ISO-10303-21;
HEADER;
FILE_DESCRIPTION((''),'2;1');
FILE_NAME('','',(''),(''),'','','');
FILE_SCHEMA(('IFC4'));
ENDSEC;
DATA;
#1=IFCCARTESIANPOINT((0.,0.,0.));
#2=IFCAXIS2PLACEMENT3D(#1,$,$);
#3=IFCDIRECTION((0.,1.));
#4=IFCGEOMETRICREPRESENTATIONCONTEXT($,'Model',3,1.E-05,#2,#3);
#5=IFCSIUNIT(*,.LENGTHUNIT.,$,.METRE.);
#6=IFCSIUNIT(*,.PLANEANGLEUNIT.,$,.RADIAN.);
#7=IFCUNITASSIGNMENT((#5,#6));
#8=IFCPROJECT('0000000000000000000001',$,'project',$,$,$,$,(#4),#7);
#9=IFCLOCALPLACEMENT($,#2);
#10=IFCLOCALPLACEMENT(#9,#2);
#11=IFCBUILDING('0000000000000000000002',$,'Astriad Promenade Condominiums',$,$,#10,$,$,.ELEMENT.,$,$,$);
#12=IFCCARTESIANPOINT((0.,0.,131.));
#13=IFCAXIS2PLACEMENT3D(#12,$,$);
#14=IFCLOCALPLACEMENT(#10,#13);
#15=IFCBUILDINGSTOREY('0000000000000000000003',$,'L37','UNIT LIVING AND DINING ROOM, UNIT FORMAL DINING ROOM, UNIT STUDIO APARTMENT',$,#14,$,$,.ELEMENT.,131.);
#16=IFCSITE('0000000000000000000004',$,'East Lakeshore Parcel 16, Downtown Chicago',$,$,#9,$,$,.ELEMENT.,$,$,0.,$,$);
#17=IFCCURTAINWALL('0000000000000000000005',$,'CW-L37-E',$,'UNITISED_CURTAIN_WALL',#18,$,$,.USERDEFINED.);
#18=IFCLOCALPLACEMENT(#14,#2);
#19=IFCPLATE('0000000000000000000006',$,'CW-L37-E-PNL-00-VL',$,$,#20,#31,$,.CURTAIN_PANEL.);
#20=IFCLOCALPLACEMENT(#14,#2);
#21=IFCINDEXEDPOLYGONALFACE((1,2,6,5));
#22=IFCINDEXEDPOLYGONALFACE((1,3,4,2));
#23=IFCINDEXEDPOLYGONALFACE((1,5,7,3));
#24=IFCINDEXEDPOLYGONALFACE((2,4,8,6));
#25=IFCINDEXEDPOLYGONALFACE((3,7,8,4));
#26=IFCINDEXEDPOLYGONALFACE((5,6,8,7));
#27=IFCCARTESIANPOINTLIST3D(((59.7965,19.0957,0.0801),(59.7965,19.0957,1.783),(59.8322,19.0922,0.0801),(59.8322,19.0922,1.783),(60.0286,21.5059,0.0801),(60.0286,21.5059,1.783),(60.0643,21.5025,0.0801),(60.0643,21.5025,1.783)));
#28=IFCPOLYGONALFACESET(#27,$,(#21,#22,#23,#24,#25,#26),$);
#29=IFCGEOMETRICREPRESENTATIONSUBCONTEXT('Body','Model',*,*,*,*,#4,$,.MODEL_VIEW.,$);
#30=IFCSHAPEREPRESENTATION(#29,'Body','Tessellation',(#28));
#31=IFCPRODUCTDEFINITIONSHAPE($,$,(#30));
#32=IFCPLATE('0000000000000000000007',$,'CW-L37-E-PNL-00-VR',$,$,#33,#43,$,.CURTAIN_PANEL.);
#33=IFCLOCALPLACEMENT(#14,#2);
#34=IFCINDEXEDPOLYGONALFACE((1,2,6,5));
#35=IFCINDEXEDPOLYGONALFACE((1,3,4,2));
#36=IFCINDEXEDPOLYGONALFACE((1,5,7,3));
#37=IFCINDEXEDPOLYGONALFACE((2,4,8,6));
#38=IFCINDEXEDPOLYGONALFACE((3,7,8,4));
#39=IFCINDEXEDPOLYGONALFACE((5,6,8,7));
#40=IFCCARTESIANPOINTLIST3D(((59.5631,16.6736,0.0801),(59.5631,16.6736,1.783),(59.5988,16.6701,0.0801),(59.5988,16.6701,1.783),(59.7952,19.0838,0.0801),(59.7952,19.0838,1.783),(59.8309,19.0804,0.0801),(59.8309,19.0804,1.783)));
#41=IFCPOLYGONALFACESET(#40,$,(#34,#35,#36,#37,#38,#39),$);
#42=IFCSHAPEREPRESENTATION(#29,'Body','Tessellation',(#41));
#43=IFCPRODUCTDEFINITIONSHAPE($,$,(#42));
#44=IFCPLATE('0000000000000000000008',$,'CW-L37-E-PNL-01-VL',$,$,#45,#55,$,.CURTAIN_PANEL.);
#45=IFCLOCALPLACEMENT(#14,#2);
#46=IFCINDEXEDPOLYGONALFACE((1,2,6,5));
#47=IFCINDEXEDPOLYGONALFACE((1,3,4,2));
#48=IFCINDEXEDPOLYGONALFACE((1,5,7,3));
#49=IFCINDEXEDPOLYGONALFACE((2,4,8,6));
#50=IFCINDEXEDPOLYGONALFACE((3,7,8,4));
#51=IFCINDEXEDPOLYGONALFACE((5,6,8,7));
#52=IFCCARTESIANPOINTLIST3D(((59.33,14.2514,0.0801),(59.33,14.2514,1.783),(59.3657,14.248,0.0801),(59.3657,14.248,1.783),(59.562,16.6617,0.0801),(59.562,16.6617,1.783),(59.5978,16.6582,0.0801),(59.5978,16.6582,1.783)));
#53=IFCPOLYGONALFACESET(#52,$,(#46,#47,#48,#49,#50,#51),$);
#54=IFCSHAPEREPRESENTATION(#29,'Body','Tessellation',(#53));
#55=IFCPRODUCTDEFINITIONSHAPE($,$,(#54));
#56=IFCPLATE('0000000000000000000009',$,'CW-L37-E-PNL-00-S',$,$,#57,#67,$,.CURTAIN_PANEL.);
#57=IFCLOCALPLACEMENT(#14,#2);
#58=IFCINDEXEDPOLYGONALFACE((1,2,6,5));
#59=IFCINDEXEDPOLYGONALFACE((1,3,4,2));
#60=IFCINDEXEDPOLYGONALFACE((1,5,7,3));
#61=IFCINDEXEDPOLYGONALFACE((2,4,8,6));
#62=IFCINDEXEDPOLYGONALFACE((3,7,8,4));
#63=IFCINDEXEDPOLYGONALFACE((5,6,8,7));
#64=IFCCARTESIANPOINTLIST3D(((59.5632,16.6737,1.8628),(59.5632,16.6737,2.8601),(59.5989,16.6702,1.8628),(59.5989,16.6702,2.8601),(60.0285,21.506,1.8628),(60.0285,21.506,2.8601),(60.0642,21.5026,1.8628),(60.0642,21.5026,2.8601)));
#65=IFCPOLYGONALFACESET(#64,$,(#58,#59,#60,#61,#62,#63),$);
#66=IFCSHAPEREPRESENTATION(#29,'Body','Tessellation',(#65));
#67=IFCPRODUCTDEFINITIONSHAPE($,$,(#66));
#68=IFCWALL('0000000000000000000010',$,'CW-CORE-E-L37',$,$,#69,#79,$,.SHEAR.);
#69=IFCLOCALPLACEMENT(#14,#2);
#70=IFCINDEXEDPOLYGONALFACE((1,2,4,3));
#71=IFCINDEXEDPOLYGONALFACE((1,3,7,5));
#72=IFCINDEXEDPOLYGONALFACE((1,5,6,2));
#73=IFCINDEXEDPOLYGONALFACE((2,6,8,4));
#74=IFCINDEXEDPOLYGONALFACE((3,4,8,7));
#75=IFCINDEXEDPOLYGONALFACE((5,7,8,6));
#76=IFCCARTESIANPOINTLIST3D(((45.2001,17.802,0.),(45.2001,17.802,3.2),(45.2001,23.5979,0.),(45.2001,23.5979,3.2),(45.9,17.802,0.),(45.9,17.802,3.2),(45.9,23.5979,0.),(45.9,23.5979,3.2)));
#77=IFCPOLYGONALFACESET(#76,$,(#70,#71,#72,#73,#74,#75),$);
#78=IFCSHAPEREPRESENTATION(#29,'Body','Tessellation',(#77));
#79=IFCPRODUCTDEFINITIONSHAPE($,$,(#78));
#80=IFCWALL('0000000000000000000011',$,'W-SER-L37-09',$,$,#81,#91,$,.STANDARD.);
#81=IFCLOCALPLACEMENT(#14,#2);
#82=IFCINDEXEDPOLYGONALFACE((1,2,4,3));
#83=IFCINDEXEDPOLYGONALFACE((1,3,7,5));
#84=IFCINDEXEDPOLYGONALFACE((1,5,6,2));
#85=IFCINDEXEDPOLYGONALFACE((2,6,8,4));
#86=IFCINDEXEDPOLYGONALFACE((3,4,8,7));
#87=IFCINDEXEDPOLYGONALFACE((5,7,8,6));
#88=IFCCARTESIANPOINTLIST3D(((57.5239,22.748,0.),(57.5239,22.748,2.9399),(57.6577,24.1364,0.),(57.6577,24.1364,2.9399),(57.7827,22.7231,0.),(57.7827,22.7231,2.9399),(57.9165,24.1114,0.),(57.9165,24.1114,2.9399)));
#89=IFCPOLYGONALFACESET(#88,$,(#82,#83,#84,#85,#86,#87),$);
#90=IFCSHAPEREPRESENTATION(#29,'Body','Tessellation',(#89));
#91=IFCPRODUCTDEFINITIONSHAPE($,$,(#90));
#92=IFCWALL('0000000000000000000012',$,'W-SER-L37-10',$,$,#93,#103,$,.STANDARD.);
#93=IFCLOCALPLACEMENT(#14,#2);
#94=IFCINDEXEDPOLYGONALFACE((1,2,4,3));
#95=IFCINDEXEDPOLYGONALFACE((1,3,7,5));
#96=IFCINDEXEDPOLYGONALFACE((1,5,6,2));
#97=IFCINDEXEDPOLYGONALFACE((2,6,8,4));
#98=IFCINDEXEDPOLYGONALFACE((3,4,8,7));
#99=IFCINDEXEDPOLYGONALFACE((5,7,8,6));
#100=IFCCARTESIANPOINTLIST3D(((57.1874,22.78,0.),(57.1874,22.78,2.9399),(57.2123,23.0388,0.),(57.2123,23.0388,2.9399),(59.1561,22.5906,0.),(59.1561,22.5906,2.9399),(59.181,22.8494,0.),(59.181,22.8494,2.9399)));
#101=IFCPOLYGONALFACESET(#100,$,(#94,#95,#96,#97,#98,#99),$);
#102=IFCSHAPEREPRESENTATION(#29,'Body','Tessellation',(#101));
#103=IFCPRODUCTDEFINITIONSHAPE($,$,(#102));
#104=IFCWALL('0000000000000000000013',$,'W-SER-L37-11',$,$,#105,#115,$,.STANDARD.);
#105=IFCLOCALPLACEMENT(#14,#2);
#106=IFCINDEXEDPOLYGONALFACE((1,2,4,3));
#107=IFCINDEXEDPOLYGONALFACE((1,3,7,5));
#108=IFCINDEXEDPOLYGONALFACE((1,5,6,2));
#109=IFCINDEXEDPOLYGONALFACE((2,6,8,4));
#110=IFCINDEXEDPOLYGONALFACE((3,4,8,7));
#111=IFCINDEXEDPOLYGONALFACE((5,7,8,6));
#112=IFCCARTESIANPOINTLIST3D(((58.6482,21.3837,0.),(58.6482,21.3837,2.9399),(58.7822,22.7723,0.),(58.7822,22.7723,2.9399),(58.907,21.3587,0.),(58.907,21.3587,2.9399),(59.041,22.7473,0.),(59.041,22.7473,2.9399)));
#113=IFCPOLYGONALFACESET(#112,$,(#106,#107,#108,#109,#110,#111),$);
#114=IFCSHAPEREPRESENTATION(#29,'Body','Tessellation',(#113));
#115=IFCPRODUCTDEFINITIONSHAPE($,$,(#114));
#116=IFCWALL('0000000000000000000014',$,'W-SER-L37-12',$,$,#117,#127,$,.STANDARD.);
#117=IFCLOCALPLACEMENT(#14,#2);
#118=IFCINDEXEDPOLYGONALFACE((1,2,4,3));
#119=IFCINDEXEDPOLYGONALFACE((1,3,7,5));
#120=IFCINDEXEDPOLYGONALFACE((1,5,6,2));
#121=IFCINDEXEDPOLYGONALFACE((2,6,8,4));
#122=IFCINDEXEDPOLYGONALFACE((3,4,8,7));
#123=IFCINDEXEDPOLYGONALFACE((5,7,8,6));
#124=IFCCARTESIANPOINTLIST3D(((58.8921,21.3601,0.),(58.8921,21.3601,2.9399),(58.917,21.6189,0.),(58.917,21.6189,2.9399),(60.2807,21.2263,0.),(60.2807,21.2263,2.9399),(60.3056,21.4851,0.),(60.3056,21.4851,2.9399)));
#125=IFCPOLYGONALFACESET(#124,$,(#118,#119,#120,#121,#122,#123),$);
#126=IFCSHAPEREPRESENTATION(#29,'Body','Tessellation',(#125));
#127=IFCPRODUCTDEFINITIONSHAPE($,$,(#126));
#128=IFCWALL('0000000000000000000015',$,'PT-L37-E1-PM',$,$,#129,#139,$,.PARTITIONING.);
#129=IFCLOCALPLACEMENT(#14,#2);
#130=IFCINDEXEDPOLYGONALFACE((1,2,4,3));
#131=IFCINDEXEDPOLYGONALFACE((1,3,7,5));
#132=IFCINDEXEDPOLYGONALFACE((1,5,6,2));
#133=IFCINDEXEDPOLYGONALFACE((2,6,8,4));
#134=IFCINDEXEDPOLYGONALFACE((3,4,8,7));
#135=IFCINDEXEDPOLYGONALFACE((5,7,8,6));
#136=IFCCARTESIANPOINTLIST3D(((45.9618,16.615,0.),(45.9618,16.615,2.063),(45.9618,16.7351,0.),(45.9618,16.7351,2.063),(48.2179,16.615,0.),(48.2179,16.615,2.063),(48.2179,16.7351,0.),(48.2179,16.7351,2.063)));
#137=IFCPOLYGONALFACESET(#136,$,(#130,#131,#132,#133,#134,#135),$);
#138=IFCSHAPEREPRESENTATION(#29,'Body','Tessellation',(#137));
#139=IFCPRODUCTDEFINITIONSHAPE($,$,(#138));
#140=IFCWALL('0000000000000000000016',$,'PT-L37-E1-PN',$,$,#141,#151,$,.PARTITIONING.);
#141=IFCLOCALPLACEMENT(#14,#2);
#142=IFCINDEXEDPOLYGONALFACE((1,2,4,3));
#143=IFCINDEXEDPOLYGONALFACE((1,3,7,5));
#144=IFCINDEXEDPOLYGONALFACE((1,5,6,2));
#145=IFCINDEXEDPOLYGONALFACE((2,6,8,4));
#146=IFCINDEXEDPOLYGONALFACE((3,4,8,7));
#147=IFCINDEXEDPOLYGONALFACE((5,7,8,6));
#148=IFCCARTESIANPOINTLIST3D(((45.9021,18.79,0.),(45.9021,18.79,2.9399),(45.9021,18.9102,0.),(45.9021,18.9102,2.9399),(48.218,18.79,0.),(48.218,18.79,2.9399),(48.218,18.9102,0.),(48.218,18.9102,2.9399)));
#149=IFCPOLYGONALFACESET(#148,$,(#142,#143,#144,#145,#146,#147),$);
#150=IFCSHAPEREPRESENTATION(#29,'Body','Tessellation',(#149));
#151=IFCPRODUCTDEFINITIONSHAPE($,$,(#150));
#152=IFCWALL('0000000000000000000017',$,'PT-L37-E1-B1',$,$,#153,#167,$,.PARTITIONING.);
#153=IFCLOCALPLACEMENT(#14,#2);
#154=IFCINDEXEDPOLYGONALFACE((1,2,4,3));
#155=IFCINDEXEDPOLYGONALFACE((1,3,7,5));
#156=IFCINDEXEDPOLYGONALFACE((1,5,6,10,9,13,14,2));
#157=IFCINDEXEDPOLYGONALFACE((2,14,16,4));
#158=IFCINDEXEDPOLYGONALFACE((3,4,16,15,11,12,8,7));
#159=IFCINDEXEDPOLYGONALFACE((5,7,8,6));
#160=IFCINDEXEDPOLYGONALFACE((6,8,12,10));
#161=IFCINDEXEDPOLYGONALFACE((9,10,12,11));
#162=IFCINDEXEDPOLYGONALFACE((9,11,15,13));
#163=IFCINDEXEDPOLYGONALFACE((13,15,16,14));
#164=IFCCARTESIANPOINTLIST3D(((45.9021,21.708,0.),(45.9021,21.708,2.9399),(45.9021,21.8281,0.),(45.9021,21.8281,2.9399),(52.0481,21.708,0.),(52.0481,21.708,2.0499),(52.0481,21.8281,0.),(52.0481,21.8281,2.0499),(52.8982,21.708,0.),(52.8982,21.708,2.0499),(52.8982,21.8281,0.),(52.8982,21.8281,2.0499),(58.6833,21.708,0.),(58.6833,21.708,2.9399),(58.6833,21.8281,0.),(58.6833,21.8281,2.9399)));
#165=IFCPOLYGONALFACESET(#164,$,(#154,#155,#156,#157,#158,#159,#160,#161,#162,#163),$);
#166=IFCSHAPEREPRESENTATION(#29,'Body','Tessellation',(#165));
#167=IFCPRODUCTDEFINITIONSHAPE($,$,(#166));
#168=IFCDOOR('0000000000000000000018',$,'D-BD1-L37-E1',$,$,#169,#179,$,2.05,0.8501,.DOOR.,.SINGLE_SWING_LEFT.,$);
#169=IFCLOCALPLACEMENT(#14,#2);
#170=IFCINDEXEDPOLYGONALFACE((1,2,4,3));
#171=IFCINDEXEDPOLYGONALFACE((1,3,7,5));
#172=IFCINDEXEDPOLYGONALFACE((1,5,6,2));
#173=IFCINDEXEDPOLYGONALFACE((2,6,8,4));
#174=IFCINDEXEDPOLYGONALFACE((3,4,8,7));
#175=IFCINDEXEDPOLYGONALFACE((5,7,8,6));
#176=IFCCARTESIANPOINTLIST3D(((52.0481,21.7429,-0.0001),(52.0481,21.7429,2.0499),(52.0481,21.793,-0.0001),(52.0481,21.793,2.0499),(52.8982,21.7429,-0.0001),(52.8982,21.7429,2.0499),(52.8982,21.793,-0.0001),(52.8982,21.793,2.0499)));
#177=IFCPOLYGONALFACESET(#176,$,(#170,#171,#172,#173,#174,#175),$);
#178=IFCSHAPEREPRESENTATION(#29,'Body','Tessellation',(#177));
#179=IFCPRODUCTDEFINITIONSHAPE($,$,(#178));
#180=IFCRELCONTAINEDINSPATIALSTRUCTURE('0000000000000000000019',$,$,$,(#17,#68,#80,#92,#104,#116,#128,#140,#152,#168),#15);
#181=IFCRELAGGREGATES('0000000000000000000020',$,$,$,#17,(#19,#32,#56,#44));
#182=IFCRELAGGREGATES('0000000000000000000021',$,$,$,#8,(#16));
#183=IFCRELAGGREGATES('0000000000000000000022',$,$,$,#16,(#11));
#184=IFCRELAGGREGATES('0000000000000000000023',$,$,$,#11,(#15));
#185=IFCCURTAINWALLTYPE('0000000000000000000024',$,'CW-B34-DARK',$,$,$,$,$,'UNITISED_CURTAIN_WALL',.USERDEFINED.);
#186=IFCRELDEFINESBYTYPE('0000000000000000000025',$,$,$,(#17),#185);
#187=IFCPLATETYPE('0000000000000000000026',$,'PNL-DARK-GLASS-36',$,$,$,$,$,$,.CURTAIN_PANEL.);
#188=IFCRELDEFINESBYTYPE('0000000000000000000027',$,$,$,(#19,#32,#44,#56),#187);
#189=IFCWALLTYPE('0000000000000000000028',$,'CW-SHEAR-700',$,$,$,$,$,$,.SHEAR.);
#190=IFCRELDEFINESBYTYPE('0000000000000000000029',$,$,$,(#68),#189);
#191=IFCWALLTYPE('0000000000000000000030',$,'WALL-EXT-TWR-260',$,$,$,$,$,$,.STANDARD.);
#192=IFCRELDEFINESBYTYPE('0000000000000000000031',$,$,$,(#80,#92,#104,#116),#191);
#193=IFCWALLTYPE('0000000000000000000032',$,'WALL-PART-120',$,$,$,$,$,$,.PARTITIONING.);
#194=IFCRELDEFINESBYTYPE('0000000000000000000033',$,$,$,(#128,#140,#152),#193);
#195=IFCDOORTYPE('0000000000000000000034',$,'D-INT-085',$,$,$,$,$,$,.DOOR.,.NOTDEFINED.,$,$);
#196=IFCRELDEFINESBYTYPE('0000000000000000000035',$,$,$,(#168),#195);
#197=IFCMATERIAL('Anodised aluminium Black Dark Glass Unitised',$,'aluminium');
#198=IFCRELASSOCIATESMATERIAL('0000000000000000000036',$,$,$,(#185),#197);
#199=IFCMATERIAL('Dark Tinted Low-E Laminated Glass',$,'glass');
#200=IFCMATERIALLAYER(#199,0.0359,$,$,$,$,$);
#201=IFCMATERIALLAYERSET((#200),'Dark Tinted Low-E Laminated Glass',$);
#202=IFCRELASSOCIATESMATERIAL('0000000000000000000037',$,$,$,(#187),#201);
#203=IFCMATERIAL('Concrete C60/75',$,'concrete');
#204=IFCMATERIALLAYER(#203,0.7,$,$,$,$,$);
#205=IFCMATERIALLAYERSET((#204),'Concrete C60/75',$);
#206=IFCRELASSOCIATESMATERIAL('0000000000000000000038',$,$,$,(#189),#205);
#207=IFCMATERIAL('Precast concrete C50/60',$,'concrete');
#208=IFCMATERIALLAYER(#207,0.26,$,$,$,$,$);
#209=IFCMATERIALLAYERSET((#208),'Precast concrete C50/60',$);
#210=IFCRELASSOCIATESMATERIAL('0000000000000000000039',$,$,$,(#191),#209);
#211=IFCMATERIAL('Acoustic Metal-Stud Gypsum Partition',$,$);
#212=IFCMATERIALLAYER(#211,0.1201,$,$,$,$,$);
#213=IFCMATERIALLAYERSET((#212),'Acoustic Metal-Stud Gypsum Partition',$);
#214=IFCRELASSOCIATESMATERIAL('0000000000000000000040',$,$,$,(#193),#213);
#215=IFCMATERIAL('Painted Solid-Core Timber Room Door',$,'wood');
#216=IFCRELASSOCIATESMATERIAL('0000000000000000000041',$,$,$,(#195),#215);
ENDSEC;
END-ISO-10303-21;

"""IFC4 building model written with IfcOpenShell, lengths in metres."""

from ifc_helpers import new_model, si_unit, direction, frame, frame_2d, origin, origin_2d, place, context, subcontext, project, spatial, rectangle, extrude, source, transform, mapped, material, layer, layer_set, type_object, type_shapes, element, fill, aggregate, save


model = new_model("IFC4")

# Units and contexts
model_context = context("Model", 3, precision=1e-05, world=origin(), true_north=direction((0.0, 1.0)))
body_context = subcontext(model_context, "Body", "Model", "MODEL_VIEW")
ifc_project = project(units=[si_unit("LENGTHUNIT", "METRE"), si_unit("PLANEANGLEUNIT", "RADIAN")], contexts=[model_context])

# Site, building, storey
site_placement = place(None, origin())
site = spatial("IfcSite", under=ifc_project, at=site_placement, Name="East Lakeshore Parcel 16, Downtown Chicago", CompositionType="ELEMENT", RefElevation=0.0)
building_placement = place(site_placement, origin())
building = spatial("IfcBuilding", under=site, at=building_placement, Name="Astriad Promenade Condominiums", CompositionType="ELEMENT")
storey_placement = place(building_placement, frame((0.0, 0.0, 131.0)))
storey = spatial("IfcBuildingStorey", under=building, at=storey_placement, Name="L37", Description="UNIT LIVING AND DINING ROOM, UNIT FORMAL DINING ROOM, UNIT STUDIO APARTMENT", CompositionType="ELEMENT", Elevation=131.0)

# Shared definitions
ifc_material_1 = material(Name="Concrete C60/75", Category="concrete")

# Curtain wall, plates
ifc_material_2 = material(Name="Anodised aluminium Black Dark Glass Unitised", Category="aluminium")
curtain_wall_type = type_object("IfcCurtainWallType", Name="CW-B34-DARK", ElementType="UNITISED_CURTAIN_WALL", PredefinedType="USERDEFINED", material=ifc_material_2)
curtain_wall_placement = place(storey_placement, origin())
curtain_wall = element("IfcCurtainWall", 1, at=curtain_wall_placement, inside=storey, type_object=curtain_wall_type, Name="CW-L37-E", ObjectType="UNITISED_CURTAIN_WALL", PredefinedType="USERDEFINED")
ifc_material_3 = material(Name="Dark Tinted Low-E Laminated Glass", Category="glass")
ifc_layer_1 = layer(ifc_material_3, 0.0359)
ifc_layer_set_1 = layer_set([ifc_layer_1], Name="Dark Tinted Low-E Laminated Glass")
plate_type = type_object("IfcPlateType", Name="PNL-DARK-GLASS-36", PredefinedType="CURTAIN_PANEL", material=ifc_layer_set_1)
shared_shape_1 = source(origin(), body_context, "Body", "SweptSolid", [
    extrude(rectangle(XDim=2.4214, YDim=0.0359, at=origin_2d()), origin(), (0.0, 0.0, 1.0), 1.7029),
])
plate_1_placement = place(storey_placement, frame((59.9304, 20.2991, 0.0801), z_axis=(0.0, 0.0, 1.0), x_axis=(-0.095846, -0.995396, 0.0)))
plate_1 = element("IfcPlate", 2, at=plate_1_placement, type_object=plate_type, Name="CW-L37-E-PNL-00-VL", PredefinedType="CURTAIN_PANEL", context=body_context, shape_type="MappedRepresentation", body=[
    mapped(shared_shape_1, transform((0.0, 0.0, 0.0), scale=1.0)),
])
plate_2_placement = place(storey_placement, frame((59.697, 17.877, 0.0801), z_axis=(0.0, 0.0, 1.0), x_axis=(-0.095846, -0.995396, 0.0)))
plate_2 = element("IfcPlate", 3, at=plate_2_placement, type_object=plate_type, Name="CW-L37-E-PNL-00-VR", PredefinedType="CURTAIN_PANEL", context=body_context, shape_type="MappedRepresentation", body=[
    mapped(shared_shape_1, transform((0.0, 0.0, 0.0), scale=1.0)),
])
plate_3_placement = place(storey_placement, frame((59.4639, 15.4548, 0.0801), z_axis=(0.0, 0.0, 1.0), x_axis=(-0.095846, -0.995396, 0.0)))
plate_3 = element("IfcPlate", 4, at=plate_3_placement, type_object=plate_type, Name="CW-L37-E-PNL-01-VL", PredefinedType="CURTAIN_PANEL", context=body_context, shape_type="MappedRepresentation", body=[
    mapped(shared_shape_1, transform((0.0, 0.0, 0.0), scale=1.0)),
])
shared_shape_2 = source(origin(), body_context, "Body", "SweptSolid", [
    extrude(rectangle(XDim=4.8547, YDim=0.0359, at=origin_2d()), origin(), (0.0, 0.0, 1.0), 0.9973),
])
type_shapes(plate_type, [shared_shape_1, shared_shape_2])
plate_4_placement = place(storey_placement, frame((59.8137, 19.0881, 1.8628), z_axis=(0.0, 0.0, 1.0), x_axis=(-0.095846, -0.995396, 0.0)))
plate_4 = element("IfcPlate", 5, at=plate_4_placement, type_object=plate_type, Name="CW-L37-E-PNL-00-S", PredefinedType="CURTAIN_PANEL", context=body_context, shape_type="MappedRepresentation", body=[
    mapped(shared_shape_2, transform((0.0, 0.0, 0.0), scale=1.0)),
])
aggregate(curtain_wall, [plate_1, plate_2, plate_4, plate_3])

# Walls
ifc_layer_2 = layer(ifc_material_1, 0.7)
ifc_layer_set_2 = layer_set([ifc_layer_2], Name="Concrete C60/75")
wall_type_1 = type_object("IfcWallType", Name="CW-SHEAR-700", PredefinedType="SHEAR", material=ifc_layer_set_2)
wall_1_placement = place(storey_placement, frame((45.55, 17.802, 0.0), z_axis=(0.0, 0.0, 1.0), x_axis=(0.0, 1.0, 0.0)))
element("IfcWall", 6, at=wall_1_placement, inside=storey, type_object=wall_type_1, Name="CW-CORE-E-L37", PredefinedType="SHEAR", context=body_context, shape_type="SweptSolid", body=[
    extrude(rectangle(XDim=5.7959, YDim=0.7, at=frame_2d((2.8979, 0.0))), origin(), (0.0, 0.0, 1.0), 3.2),
])
ifc_material_4 = material(Name="Precast concrete C50/60", Category="concrete")
ifc_layer_3 = layer(ifc_material_4, 0.26)
ifc_layer_set_3 = layer_set([ifc_layer_3], Name="Precast concrete C50/60")
wall_type_2 = type_object("IfcWallType", Name="WALL-EXT-TWR-260", PredefinedType="STANDARD", material=ifc_layer_set_3)
wall_2_placement = place(storey_placement, frame((57.7871, 24.1238, 0.0), z_axis=(0.0, 0.0, 1.0), x_axis=(-0.095916, -0.995389, 0.0)))
element("IfcWall", 7, at=wall_2_placement, inside=storey, type_object=wall_type_2, Name="W-SER-L37-09", PredefinedType="STANDARD", context=body_context, shape_type="SweptSolid", body=[
    extrude(rectangle(XDim=1.3948, YDim=0.26, at=frame_2d((0.6973, 0.0))), origin(), (0.0, 0.0, 1.0), 2.9399),
])
wall_3_placement = place(storey_placement, frame((57.2, 22.9094, 0.0), z_axis=(0.0, 0.0, 1.0), x_axis=(0.995402, -0.095788, 0.0)))
element("IfcWall", 8, at=wall_3_placement, inside=storey, type_object=wall_type_2, Name="W-SER-L37-10", PredefinedType="STANDARD", context=body_context, shape_type="SweptSolid", body=[
    extrude(rectangle(XDim=1.9778, YDim=0.26, at=frame_2d((0.9888, 0.0))), origin(), (0.0, 0.0, 1.0), 2.9399),
])
for number, where, z_axis, x_axis, name in (
    (9, (58.9116, 22.7598, 0.0), (0.0, 0.0, 1.0), (-0.096073, -0.995374, 0.0), "W-SER-L37-11"),
    (10, (58.9045, 21.4895, 0.0), (0.0, 0.0, 1.0), (0.995391, -0.095899, 0.0), "W-SER-L37-12"),
):
    element("IfcWall", number, at=place(storey_placement, frame(where, z_axis=z_axis, x_axis=x_axis)), inside=storey, type_object=wall_type_2, Name=name, PredefinedType="STANDARD", context=body_context, shape_type="SweptSolid", body=[
        extrude(rectangle(XDim=1.395, YDim=0.26, at=frame_2d((0.6975, 0.0))), origin(), (0.0, 0.0, 1.0), 2.9399),
    ])
ifc_material_5 = material(Name="Acoustic Metal-Stud Gypsum Partition")
ifc_layer_4 = layer(ifc_material_5, 0.1201)
ifc_layer_set_4 = layer_set([ifc_layer_4], Name="Acoustic Metal-Stud Gypsum Partition")
wall_type_3 = type_object("IfcWallType", Name="WALL-PART-120", PredefinedType="PARTITIONING", material=ifc_layer_set_4)
wall_4_placement = place(storey_placement, frame((45.9619, 16.675, 0.0), z_axis=(0.0, 0.0, 1.0), x_axis=(1.0, 0.0, 0.0)))
element("IfcWall", 11, at=wall_4_placement, inside=storey, type_object=wall_type_3, Name="PT-L37-E1-PM", PredefinedType="PARTITIONING", context=body_context, shape_type="SweptSolid", body=[
    extrude(rectangle(XDim=2.2561, YDim=0.1201, at=frame_2d((1.1279, 0.0))), origin(), (0.0, 0.0, 1.0), 2.063),
])
wall_5_placement = place(storey_placement, frame((45.9021, 18.8501, 0.0), z_axis=(0.0, 0.0, 1.0), x_axis=(1.0, 0.0, 0.0)))
element("IfcWall", 12, at=wall_5_placement, inside=storey, type_object=wall_type_3, Name="PT-L37-E1-PN", PredefinedType="PARTITIONING", context=body_context, shape_type="SweptSolid", body=[
    extrude(rectangle(XDim=2.3159, YDim=0.1201, at=frame_2d((1.158, 0.0))), origin(), (0.0, 0.0, 1.0), 2.9399),
])

# Wall, opening, door
wall_6_placement = place(storey_placement, frame((45.9021, 21.7681, 0.0), z_axis=(0.0, 0.0, 1.0), x_axis=(1.0, 0.0, 0.0)))
wall_6 = element("IfcWall", 13, at=wall_6_placement, inside=storey, type_object=wall_type_3, Name="PT-L37-E1-B1", PredefinedType="PARTITIONING", context=body_context, shape_type="SweptSolid", body=[
    extrude(rectangle(XDim=12.7812, YDim=0.1201, at=frame_2d((6.3906, 0.0))), origin(), (0.0, 0.0, 1.0), 2.9399),
])
opening_1_placement = place(wall_6_placement, frame((6.146, 0.0, 0.0)))
opening_1 = element("IfcOpeningElement", 14, at=opening_1_placement, cuts=wall_6, PredefinedType="OPENING", context=body_context, shape_type="SweptSolid", body=[
    extrude(rectangle(XDim=0.8501, YDim=2.05, at=frame_2d((0.425, 1.0249))), frame((0.0, 0.0701, 0.0), z_axis=(0.0, -1.0, 0.0), x_axis=(1.0, 0.0, 0.0)), (0.0, 0.0, 1.0), 0.1401),
])
ifc_material_6 = material(Name="Painted Solid-Core Timber Room Door", Category="wood")
door_type = type_object("IfcDoorType", Name="D-INT-085", OperationType="NOTDEFINED", PredefinedType="DOOR", material=ifc_material_6)
shared_shape_3 = source(origin(), body_context, "Body", "SweptSolid", [
    extrude(rectangle(XDim=0.8501, YDim=2.05, at=frame_2d((0.425, 1.0249))), frame((0.0, 0.0249, 0.0), z_axis=(0.0, -1.0, 0.0), x_axis=(1.0, 0.0, 0.0)), (0.0, 0.0, 1.0), 0.05),
])
type_shapes(door_type, [shared_shape_3])
door_1_placement = place(opening_1_placement, origin())
door_1 = element("IfcDoor", 15, at=door_1_placement, inside=storey, type_object=door_type, Name="D-BD1-L37-E1", OperationType="SINGLE_SWING_LEFT", OverallHeight=2.05, OverallWidth=0.8501, PredefinedType="DOOR", context=body_context, shape_type="MappedRepresentation", body=[
    mapped(shared_shape_3, transform((0.0, 0.0, 0.0), scale=1.0)),
])
fill(opening_1, door_1)

save(model, "model.ifc")
